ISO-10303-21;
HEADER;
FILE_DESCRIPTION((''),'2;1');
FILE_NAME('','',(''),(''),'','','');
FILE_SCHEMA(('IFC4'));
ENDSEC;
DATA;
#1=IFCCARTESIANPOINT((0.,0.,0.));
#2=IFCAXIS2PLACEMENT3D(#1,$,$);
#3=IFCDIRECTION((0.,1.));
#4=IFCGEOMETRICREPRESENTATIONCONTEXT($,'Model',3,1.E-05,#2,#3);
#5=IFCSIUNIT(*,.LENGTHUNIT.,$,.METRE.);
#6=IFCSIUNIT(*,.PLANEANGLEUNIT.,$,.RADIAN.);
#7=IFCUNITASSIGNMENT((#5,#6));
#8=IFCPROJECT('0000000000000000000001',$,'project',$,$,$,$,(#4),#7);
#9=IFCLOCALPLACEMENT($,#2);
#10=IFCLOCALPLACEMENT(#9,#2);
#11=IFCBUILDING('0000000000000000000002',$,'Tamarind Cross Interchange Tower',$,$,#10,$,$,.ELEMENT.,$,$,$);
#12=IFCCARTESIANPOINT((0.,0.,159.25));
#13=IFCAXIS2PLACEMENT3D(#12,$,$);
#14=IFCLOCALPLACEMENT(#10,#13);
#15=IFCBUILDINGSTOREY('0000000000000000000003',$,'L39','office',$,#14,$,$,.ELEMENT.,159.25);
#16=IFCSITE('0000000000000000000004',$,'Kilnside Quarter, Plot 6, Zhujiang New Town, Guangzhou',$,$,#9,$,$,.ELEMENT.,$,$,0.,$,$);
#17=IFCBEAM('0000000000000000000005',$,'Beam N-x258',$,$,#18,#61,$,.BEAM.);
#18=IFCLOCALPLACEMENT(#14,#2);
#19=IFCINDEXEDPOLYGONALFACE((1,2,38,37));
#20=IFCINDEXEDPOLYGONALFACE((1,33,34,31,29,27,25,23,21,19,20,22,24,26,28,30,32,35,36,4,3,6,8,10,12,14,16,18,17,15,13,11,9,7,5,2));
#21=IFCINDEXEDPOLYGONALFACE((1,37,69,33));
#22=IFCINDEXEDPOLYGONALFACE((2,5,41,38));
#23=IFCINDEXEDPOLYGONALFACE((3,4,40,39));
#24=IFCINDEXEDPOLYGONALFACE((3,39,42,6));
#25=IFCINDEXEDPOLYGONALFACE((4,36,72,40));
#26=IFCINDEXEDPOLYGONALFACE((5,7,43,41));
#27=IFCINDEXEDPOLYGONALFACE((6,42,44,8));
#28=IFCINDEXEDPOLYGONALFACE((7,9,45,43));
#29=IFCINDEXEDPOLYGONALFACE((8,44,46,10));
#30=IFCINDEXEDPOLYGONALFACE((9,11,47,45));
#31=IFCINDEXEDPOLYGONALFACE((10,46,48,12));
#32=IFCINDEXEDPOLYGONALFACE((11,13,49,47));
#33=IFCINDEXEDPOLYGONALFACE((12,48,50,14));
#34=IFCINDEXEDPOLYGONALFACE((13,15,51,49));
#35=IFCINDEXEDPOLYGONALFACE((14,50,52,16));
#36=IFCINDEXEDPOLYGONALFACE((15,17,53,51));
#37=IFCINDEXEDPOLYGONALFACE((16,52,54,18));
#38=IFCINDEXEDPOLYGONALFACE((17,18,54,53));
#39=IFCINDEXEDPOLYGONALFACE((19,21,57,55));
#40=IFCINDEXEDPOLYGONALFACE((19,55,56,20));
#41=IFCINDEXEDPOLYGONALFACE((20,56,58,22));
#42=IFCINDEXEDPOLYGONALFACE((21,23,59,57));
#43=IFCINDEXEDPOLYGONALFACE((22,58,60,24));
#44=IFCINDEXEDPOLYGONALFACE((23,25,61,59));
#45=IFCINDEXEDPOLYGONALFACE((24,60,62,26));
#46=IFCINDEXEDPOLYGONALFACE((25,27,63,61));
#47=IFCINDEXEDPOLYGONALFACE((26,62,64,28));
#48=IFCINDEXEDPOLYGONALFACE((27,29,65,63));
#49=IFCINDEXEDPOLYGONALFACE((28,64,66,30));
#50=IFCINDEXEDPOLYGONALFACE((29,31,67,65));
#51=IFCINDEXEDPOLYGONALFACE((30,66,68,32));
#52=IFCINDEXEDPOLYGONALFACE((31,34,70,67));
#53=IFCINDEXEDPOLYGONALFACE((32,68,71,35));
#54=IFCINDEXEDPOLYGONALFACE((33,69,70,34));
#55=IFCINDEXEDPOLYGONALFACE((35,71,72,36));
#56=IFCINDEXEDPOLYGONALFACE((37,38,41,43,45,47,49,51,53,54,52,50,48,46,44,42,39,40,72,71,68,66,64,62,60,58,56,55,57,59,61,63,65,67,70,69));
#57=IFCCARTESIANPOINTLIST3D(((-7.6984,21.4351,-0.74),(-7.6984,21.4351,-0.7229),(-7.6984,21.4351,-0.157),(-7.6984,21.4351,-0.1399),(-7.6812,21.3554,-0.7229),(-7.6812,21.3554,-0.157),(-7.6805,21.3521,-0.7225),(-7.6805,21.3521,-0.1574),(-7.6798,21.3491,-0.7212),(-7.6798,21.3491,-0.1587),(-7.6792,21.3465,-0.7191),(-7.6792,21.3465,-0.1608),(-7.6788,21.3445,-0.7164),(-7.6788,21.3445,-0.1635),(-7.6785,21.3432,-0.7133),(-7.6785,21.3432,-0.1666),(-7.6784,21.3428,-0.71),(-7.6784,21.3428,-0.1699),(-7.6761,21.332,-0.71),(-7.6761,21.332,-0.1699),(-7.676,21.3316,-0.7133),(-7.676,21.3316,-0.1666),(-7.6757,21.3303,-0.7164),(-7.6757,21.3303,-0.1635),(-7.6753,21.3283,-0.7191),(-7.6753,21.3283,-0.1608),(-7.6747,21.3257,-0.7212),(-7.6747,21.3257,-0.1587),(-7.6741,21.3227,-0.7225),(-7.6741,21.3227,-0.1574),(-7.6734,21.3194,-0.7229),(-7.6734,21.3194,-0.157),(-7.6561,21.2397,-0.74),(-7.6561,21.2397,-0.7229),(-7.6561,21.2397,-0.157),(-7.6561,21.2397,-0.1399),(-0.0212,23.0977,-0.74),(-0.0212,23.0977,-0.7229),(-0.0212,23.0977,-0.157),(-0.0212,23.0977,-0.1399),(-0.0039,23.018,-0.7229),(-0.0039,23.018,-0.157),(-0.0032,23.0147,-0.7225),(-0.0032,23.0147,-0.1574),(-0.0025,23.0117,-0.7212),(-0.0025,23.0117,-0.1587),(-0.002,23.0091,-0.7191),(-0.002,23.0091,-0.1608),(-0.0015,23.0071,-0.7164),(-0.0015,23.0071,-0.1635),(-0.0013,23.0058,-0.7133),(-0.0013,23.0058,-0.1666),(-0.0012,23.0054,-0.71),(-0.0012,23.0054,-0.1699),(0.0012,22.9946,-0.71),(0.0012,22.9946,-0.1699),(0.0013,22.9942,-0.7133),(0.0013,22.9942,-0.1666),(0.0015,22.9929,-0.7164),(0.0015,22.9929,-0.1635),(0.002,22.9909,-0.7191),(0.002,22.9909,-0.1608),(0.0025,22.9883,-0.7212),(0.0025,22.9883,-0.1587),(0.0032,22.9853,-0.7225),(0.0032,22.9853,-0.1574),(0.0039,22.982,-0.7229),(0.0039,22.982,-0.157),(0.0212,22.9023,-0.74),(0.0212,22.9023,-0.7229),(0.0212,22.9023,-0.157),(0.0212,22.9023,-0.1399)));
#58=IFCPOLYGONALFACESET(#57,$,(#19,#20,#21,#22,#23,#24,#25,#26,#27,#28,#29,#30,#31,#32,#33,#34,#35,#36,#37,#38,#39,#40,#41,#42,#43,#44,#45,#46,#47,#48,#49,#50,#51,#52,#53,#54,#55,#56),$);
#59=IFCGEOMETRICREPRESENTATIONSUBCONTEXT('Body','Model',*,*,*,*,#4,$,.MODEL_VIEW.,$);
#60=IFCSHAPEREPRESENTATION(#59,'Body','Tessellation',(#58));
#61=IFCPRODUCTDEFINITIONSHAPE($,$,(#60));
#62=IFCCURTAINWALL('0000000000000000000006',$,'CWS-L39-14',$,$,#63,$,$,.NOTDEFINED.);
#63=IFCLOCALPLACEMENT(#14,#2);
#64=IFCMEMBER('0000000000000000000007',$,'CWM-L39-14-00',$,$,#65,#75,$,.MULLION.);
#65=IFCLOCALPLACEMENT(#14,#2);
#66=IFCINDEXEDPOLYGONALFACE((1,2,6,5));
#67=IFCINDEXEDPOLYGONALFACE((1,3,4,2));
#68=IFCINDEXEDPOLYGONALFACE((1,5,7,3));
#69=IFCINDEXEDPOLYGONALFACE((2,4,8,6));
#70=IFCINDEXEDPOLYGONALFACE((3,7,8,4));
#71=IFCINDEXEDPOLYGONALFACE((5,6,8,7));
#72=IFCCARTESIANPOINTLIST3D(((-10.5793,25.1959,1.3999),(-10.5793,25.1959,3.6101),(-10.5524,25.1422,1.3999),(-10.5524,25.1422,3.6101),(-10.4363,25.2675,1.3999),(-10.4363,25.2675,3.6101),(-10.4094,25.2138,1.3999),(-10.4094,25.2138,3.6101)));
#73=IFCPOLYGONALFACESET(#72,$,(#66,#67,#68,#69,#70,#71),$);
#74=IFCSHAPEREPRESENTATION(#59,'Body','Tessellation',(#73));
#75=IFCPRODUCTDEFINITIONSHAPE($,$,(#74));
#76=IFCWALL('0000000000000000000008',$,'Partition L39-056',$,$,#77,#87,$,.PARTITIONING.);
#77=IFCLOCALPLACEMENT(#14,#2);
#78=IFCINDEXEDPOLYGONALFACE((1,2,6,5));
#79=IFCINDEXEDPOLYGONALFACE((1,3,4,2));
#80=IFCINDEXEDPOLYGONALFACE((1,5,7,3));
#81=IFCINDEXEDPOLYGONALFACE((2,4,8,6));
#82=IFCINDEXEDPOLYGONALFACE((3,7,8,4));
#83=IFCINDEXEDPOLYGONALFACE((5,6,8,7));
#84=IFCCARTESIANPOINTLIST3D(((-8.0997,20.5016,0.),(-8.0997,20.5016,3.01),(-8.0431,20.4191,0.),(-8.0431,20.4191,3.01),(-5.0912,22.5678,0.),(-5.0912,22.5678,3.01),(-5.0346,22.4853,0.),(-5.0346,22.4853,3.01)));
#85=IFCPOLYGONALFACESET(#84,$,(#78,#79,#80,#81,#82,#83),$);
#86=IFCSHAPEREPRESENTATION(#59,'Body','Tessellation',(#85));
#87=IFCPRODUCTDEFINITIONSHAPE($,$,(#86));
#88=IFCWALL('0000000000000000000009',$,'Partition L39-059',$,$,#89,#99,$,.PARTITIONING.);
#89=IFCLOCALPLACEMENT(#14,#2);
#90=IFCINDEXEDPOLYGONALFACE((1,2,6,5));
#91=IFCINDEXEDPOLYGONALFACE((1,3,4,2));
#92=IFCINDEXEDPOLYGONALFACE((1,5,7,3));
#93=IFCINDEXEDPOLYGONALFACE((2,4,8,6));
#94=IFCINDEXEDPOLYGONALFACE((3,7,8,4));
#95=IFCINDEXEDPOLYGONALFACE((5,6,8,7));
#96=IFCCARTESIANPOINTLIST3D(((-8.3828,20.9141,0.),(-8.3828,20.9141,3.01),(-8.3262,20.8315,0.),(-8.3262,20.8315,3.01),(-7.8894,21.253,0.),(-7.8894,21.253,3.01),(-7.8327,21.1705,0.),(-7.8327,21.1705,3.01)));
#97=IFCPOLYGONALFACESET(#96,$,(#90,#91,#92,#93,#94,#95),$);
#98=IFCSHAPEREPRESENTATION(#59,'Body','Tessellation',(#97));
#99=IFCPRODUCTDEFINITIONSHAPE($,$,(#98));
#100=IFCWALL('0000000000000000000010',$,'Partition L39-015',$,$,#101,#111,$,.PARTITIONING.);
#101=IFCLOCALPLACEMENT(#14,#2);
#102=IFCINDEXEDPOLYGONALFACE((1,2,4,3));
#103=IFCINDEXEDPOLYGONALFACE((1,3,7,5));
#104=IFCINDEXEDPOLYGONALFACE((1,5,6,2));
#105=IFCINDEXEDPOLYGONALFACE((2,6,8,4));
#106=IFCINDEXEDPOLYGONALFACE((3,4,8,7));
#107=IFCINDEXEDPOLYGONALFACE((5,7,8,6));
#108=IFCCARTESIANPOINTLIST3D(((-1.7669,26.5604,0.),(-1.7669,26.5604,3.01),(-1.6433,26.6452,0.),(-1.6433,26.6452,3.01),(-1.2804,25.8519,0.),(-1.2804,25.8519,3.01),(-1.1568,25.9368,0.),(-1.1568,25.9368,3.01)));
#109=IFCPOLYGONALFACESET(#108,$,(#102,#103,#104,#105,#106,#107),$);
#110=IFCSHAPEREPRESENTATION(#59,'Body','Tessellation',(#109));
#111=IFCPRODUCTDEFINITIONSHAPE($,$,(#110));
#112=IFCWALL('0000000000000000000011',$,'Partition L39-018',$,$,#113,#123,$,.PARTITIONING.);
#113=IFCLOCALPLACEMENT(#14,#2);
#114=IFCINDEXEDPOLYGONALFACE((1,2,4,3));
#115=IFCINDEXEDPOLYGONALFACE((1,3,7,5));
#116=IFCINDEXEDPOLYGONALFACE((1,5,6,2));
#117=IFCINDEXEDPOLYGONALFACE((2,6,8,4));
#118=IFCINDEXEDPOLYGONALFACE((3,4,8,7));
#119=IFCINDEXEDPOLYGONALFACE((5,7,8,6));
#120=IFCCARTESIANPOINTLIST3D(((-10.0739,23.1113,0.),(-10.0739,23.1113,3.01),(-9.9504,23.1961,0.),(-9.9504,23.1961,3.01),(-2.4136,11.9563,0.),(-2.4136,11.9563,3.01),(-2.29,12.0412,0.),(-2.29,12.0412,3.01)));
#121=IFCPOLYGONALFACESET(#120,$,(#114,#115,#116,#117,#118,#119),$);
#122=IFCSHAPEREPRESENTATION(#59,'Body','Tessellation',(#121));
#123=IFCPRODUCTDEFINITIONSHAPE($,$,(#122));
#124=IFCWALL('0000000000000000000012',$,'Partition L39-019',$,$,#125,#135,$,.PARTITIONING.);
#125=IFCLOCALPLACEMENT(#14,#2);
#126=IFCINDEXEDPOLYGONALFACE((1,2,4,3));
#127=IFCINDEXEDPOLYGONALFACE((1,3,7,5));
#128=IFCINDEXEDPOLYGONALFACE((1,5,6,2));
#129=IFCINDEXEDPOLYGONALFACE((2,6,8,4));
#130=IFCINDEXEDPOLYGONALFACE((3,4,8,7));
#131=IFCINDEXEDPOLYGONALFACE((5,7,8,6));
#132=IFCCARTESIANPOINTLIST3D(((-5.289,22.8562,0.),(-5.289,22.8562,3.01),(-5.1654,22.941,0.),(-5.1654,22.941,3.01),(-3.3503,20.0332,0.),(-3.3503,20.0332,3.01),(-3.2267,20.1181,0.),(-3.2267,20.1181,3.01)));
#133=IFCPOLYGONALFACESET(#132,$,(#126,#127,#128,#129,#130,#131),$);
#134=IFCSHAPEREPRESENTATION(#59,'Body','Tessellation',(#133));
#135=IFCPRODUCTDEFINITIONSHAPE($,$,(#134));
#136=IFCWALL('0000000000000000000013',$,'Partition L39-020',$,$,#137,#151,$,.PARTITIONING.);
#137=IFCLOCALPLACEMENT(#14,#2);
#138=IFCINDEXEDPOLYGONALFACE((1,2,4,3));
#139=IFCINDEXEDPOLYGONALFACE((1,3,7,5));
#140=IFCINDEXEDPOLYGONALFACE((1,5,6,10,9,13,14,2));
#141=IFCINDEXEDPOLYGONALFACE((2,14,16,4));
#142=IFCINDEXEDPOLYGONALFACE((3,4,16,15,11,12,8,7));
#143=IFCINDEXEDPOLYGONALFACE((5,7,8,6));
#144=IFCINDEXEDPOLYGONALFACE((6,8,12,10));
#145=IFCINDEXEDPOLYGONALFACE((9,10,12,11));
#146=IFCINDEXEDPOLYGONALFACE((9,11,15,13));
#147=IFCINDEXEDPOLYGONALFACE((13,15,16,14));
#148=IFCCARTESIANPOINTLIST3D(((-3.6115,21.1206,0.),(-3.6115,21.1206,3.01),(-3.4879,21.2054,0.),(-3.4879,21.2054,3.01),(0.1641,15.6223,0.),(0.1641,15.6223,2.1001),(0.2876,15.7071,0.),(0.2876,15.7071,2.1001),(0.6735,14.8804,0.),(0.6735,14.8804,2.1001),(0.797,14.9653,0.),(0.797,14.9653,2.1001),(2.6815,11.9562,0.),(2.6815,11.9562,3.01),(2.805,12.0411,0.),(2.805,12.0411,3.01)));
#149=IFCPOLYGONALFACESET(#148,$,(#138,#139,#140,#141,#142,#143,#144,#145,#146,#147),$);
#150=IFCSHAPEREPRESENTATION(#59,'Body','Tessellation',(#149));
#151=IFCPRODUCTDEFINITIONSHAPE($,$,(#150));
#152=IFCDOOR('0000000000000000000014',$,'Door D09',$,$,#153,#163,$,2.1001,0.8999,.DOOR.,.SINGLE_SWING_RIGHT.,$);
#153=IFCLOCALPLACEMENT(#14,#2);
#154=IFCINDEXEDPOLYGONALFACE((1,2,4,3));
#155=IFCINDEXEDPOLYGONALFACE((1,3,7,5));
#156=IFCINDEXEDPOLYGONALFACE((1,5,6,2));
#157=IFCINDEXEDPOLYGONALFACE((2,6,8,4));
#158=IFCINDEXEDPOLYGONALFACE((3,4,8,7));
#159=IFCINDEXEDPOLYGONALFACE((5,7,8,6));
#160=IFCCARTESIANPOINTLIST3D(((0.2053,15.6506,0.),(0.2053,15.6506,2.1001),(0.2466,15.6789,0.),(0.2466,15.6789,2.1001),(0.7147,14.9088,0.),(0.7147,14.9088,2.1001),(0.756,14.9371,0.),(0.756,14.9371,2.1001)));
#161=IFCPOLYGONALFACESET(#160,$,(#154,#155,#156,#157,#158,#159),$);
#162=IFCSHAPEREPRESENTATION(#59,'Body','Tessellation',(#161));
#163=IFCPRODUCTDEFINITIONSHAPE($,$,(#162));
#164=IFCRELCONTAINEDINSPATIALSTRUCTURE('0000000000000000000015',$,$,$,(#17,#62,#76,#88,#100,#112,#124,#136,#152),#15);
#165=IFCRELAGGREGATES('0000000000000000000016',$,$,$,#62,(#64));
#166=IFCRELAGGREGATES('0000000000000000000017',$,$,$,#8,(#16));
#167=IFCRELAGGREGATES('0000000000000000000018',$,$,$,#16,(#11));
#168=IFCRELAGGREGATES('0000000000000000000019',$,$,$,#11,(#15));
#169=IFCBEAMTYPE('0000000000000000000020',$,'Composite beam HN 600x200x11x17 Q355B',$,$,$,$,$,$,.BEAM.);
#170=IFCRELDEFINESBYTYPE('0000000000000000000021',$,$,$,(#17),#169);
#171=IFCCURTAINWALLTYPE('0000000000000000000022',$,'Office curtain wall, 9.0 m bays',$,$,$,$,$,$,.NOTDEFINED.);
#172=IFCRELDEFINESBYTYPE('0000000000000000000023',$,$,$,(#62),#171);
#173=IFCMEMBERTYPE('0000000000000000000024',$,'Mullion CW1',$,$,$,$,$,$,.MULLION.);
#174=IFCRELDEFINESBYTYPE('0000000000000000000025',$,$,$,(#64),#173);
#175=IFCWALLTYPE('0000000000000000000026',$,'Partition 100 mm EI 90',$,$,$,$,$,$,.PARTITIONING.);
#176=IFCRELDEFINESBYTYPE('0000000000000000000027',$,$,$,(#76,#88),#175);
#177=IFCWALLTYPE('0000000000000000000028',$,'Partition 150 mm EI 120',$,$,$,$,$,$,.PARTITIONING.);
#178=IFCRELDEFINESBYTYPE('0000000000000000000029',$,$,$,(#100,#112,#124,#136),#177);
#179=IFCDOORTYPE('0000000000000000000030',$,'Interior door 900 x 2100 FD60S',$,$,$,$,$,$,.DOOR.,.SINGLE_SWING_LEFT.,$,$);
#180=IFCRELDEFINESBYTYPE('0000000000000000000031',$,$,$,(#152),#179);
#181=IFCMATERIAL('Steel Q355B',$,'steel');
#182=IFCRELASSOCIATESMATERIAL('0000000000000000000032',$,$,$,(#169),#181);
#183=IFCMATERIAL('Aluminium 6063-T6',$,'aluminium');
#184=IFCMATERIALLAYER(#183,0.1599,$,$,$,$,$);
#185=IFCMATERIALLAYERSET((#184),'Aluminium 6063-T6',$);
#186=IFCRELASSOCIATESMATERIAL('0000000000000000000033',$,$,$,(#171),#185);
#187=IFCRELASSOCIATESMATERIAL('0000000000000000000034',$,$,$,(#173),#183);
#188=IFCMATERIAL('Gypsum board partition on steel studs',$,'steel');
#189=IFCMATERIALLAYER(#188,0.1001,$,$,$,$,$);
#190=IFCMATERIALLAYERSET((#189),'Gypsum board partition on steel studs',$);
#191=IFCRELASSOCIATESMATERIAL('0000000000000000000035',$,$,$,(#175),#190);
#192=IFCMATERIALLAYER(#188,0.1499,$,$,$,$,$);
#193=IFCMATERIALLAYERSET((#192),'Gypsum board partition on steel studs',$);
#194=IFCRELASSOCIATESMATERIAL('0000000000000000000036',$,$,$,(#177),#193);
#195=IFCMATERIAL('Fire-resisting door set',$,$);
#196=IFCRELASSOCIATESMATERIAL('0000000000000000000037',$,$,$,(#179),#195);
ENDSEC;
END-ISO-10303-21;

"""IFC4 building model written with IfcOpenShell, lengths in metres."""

from ifc_helpers import new_model, si_unit, direction, frame, frame_2d, origin, origin_2d, place, context, subcontext, project, spatial, rectangle, i_section, extrude, material, layer, layer_set, material_profile, profile_set, type_object, element, fill, aggregate, save


model = new_model("IFC4")

# Units and contexts
model_context = context("Model", 3, precision=1e-05, world=origin(), true_north=direction((0.0, 1.0)))
body_context = subcontext(model_context, "Body", "Model", "MODEL_VIEW")
ifc_project = project(units=[si_unit("LENGTHUNIT", "METRE"), si_unit("PLANEANGLEUNIT", "RADIAN")], contexts=[model_context])

# Site, building, storey
site_placement = place(None, origin())
site = spatial("IfcSite", under=ifc_project, at=site_placement, Name="Kilnside Quarter, Plot 6, Zhujiang New Town, Guangzhou", CompositionType="ELEMENT", RefElevation=0.0)
building_placement = place(site_placement, origin())
building = spatial("IfcBuilding", under=site, at=building_placement, Name="Tamarind Cross Interchange Tower", CompositionType="ELEMENT")
storey_placement = place(building_placement, frame((0.0, 0.0, 159.25)))
storey = spatial("IfcBuildingStorey", under=building, at=storey_placement, Name="L39", Description="office", CompositionType="ELEMENT", Elevation=159.25)

# Beam
ifc_material_1 = material(Name="Steel Q355B", Category="steel")
ifc_material_profile_1 = material_profile(ifc_material_1, i_section(OverallWidth=0.2, OverallDepth=0.6001, WebThickness=0.011, FlangeThickness=0.0171, FilletRadius=0.0129, at=origin_2d()), Name="HN 600x200x11x17")
ifc_profile_set_1 = profile_set([ifc_material_profile_1], Name="Steel Q355B")
beam_type_1 = type_object("IfcBeamType", Name="Composite beam HN 600x200x11x17 Q355B", PredefinedType="BEAM", material=ifc_profile_set_1)
beam_1_placement = place(storey_placement, frame((0.0, 23.0, -0.4399), z_axis=(-0.977344, -0.211655, 0.0), x_axis=(0.211655, -0.977344, 0.0)))
element("IfcBeam", 1, at=beam_1_placement, inside=storey, type_object=beam_type_1, Name="Beam N-x258", PredefinedType="BEAM", context=body_context, shape_type="SweptSolid", body=[
    extrude(i_section(OverallWidth=0.2, OverallDepth=0.6001, WebThickness=0.011, FlangeThickness=0.0171, FilletRadius=0.0129, at=origin_2d()), origin(), (0.0, 0.0, 1.0), 7.8552),
])

# Curtain wall, member
ifc_material_2 = material(Name="Aluminium 6063-T6", Category="aluminium")
ifc_layer_1 = layer(ifc_material_2, 0.1599)
ifc_layer_set_1 = layer_set([ifc_layer_1], Name="Aluminium 6063-T6")
curtain_wall_type = type_object("IfcCurtainWallType", Name="Office curtain wall, 9.0 m bays", PredefinedType="NOTDEFINED", material=ifc_layer_set_1)
curtain_wall_placement = place(storey_placement, origin())
curtain_wall = element("IfcCurtainWall", 2, at=curtain_wall_placement, inside=storey, type_object=curtain_wall_type, Name="CWS-L39-14", PredefinedType="NOTDEFINED")
ifc_material_profile_2 = material_profile(ifc_material_2, rectangle(XDim=0.0601, YDim=0.1599, at=origin_2d()), Name="Mullion CW1")
ifc_profile_set_2 = profile_set([ifc_material_profile_2], Name="Aluminium 6063-T6")
member_type = type_object("IfcMemberType", Name="Mullion CW1", PredefinedType="MULLION", material=ifc_profile_set_2)
member_placement = place(storey_placement, frame((-10.4944, 25.2048, 1.3999), z_axis=(0.0, 0.0, 1.0), x_axis=(0.447894, -0.894087, 0.0)))
member = element("IfcMember", 3, at=member_placement, type_object=member_type, Name="CWM-L39-14-00", PredefinedType="MULLION", context=body_context, shape_type="SweptSolid", body=[
    extrude(rectangle(XDim=0.0601, YDim=0.1599, at=origin_2d()), origin(), (0.0, 0.0, 1.0), 2.2102),
])
aggregate(curtain_wall, [member])

# Walls
ifc_material_3 = material(Name="Gypsum board partition on steel studs", Category="steel")
ifc_layer_2 = layer(ifc_material_3, 0.1001)
ifc_layer_set_2 = layer_set([ifc_layer_2], Name="Gypsum board partition on steel studs")
wall_type_1 = type_object("IfcWallType", Name="Partition 100 mm EI 90", PredefinedType="PARTITIONING", material=ifc_layer_set_2)
wall_1_placement = place(storey_placement, frame((-8.0713, 20.4604, 0.0), z_axis=(0.0, 0.0, 1.0), x_axis=(0.824325, 0.566117, 0.0)))
element("IfcWall", 4, at=wall_1_placement, inside=storey, type_object=wall_type_1, Name="Partition L39-056", PredefinedType="PARTITIONING", context=body_context, shape_type="SweptSolid", body=[
    extrude(rectangle(XDim=3.6497, YDim=0.1001, at=frame_2d((1.8247, 0.0))), origin(), (0.0, 0.0, 1.0), 3.01),
])
wall_2_placement = place(storey_placement, frame((-8.3545, 20.8728, 0.0), z_axis=(0.0, 0.0, 1.0), x_axis=(0.824316, 0.566131, 0.0)))
element("IfcWall", 5, at=wall_2_placement, inside=storey, type_object=wall_type_1, Name="Partition L39-059", PredefinedType="PARTITIONING", context=body_context, shape_type="SweptSolid", body=[
    extrude(rectangle(XDim=0.5986, YDim=0.1001, at=frame_2d((0.2993, 0.0))), origin(), (0.0, 0.0, 1.0), 3.01),
])
ifc_layer_3 = layer(ifc_material_3, 0.1499)
ifc_layer_set_3 = layer_set([ifc_layer_3], Name="Gypsum board partition on steel studs")
wall_type_2 = type_object("IfcWallType", Name="Partition 150 mm EI 120", PredefinedType="PARTITIONING", material=ifc_layer_set_3)
wall_3_placement = place(storey_placement, frame((-1.7051, 26.6028, 0.0), z_axis=(0.0, 0.0, 1.0), x_axis=(0.566119, -0.824324, 0.0)))
element("IfcWall", 6, at=wall_3_placement, inside=storey, type_object=wall_type_2, Name="Partition L39-015", PredefinedType="PARTITIONING", context=body_context, shape_type="SweptSolid", body=[
    extrude(rectangle(XDim=0.8594, YDim=0.1499, at=frame_2d((0.4297, 0.0))), origin(), (0.0, 0.0, 1.0), 3.01),
])
wall_4_placement = place(storey_placement, frame((-10.0122, 23.1538, 0.0), z_axis=(0.0, 0.0, 1.0), x_axis=(0.566093, -0.824341, 0.0)))
element("IfcWall", 7, at=wall_4_placement, inside=storey, type_object=wall_type_2, Name="Partition L39-018", PredefinedType="PARTITIONING", context=body_context, shape_type="SweptSolid", body=[
    extrude(rectangle(XDim=13.532, YDim=0.1499, at=frame_2d((6.7661, 0.0))), origin(), (0.0, 0.0, 1.0), 3.01),
])
wall_5_placement = place(storey_placement, frame((-5.2273, 22.8987, 0.0), z_axis=(0.0, 0.0, 1.0), x_axis=(0.566114, -0.824327, 0.0)))
element("IfcWall", 8, at=wall_5_placement, inside=storey, type_object=wall_type_2, Name="Partition L39-019", PredefinedType="PARTITIONING", context=body_context, shape_type="SweptSolid", body=[
    extrude(rectangle(XDim=3.4246, YDim=0.1499, at=frame_2d((1.7124, 0.0))), origin(), (0.0, 0.0, 1.0), 3.01),
])

# Wall, opening, door
wall_6_placement = place(storey_placement, frame((-3.5498, 21.1631, 0.0), z_axis=(0.0, 0.0, 1.0), x_axis=(0.566071, -0.824356, 0.0)))
wall_6 = element("IfcWall", 9, at=wall_6_placement, inside=storey, type_object=wall_type_2, Name="Partition L39-020", PredefinedType="PARTITIONING", context=body_context, shape_type="SweptSolid", body=[
    extrude(rectangle(XDim=11.1169, YDim=0.1499, at=frame_2d((5.5586, 0.0))), origin(), (0.0, 0.0, 1.0), 3.01),
])
opening_1_placement = place(wall_6_placement, frame((6.6699, 0.0, 0.0)))
opening_1 = element("IfcOpeningElement", 10, at=opening_1_placement, cuts=wall_6, PredefinedType="OPENING", context=body_context, shape_type="SweptSolid", body=[
    extrude(rectangle(XDim=0.8999, YDim=2.1001, at=frame_2d((0.45, 1.05))), frame((0.0, 0.085, 0.0), z_axis=(0.0, -1.0, 0.0), x_axis=(1.0, 0.0, 0.0)), (0.0, 0.0, 1.0), 0.1699),
])
ifc_material_4 = material(Name="Fire-resisting door set")
door_type_1 = type_object("IfcDoorType", Name="Interior door 900 x 2100 FD60S", OperationType="SINGLE_SWING_LEFT", PredefinedType="DOOR", material=ifc_material_4)
door_1_placement = place(opening_1_placement, frame((0.8999, 0.0, 0.0), z_axis=(0.0, 0.0, 1.0), x_axis=(-1.0, 0.0, 0.0)))
door_1 = element("IfcDoor", 11, at=door_1_placement, inside=storey, type_object=door_type_1, Name="Door D09", OperationType="SINGLE_SWING_RIGHT", OverallHeight=2.1001, OverallWidth=0.8999, PredefinedType="DOOR", context=body_context, shape_type="SweptSolid", body=[
    extrude(rectangle(XDim=0.8999, YDim=2.1001, at=frame_2d((0.45, 1.05))), frame((0.0, 0.0249, 0.0), z_axis=(0.0, -1.0, 0.0), x_axis=(1.0, 0.0, 0.0)), (0.0, 0.0, 1.0), 0.05),
])
fill(opening_1, door_1)

save(model, "model.ifc")
